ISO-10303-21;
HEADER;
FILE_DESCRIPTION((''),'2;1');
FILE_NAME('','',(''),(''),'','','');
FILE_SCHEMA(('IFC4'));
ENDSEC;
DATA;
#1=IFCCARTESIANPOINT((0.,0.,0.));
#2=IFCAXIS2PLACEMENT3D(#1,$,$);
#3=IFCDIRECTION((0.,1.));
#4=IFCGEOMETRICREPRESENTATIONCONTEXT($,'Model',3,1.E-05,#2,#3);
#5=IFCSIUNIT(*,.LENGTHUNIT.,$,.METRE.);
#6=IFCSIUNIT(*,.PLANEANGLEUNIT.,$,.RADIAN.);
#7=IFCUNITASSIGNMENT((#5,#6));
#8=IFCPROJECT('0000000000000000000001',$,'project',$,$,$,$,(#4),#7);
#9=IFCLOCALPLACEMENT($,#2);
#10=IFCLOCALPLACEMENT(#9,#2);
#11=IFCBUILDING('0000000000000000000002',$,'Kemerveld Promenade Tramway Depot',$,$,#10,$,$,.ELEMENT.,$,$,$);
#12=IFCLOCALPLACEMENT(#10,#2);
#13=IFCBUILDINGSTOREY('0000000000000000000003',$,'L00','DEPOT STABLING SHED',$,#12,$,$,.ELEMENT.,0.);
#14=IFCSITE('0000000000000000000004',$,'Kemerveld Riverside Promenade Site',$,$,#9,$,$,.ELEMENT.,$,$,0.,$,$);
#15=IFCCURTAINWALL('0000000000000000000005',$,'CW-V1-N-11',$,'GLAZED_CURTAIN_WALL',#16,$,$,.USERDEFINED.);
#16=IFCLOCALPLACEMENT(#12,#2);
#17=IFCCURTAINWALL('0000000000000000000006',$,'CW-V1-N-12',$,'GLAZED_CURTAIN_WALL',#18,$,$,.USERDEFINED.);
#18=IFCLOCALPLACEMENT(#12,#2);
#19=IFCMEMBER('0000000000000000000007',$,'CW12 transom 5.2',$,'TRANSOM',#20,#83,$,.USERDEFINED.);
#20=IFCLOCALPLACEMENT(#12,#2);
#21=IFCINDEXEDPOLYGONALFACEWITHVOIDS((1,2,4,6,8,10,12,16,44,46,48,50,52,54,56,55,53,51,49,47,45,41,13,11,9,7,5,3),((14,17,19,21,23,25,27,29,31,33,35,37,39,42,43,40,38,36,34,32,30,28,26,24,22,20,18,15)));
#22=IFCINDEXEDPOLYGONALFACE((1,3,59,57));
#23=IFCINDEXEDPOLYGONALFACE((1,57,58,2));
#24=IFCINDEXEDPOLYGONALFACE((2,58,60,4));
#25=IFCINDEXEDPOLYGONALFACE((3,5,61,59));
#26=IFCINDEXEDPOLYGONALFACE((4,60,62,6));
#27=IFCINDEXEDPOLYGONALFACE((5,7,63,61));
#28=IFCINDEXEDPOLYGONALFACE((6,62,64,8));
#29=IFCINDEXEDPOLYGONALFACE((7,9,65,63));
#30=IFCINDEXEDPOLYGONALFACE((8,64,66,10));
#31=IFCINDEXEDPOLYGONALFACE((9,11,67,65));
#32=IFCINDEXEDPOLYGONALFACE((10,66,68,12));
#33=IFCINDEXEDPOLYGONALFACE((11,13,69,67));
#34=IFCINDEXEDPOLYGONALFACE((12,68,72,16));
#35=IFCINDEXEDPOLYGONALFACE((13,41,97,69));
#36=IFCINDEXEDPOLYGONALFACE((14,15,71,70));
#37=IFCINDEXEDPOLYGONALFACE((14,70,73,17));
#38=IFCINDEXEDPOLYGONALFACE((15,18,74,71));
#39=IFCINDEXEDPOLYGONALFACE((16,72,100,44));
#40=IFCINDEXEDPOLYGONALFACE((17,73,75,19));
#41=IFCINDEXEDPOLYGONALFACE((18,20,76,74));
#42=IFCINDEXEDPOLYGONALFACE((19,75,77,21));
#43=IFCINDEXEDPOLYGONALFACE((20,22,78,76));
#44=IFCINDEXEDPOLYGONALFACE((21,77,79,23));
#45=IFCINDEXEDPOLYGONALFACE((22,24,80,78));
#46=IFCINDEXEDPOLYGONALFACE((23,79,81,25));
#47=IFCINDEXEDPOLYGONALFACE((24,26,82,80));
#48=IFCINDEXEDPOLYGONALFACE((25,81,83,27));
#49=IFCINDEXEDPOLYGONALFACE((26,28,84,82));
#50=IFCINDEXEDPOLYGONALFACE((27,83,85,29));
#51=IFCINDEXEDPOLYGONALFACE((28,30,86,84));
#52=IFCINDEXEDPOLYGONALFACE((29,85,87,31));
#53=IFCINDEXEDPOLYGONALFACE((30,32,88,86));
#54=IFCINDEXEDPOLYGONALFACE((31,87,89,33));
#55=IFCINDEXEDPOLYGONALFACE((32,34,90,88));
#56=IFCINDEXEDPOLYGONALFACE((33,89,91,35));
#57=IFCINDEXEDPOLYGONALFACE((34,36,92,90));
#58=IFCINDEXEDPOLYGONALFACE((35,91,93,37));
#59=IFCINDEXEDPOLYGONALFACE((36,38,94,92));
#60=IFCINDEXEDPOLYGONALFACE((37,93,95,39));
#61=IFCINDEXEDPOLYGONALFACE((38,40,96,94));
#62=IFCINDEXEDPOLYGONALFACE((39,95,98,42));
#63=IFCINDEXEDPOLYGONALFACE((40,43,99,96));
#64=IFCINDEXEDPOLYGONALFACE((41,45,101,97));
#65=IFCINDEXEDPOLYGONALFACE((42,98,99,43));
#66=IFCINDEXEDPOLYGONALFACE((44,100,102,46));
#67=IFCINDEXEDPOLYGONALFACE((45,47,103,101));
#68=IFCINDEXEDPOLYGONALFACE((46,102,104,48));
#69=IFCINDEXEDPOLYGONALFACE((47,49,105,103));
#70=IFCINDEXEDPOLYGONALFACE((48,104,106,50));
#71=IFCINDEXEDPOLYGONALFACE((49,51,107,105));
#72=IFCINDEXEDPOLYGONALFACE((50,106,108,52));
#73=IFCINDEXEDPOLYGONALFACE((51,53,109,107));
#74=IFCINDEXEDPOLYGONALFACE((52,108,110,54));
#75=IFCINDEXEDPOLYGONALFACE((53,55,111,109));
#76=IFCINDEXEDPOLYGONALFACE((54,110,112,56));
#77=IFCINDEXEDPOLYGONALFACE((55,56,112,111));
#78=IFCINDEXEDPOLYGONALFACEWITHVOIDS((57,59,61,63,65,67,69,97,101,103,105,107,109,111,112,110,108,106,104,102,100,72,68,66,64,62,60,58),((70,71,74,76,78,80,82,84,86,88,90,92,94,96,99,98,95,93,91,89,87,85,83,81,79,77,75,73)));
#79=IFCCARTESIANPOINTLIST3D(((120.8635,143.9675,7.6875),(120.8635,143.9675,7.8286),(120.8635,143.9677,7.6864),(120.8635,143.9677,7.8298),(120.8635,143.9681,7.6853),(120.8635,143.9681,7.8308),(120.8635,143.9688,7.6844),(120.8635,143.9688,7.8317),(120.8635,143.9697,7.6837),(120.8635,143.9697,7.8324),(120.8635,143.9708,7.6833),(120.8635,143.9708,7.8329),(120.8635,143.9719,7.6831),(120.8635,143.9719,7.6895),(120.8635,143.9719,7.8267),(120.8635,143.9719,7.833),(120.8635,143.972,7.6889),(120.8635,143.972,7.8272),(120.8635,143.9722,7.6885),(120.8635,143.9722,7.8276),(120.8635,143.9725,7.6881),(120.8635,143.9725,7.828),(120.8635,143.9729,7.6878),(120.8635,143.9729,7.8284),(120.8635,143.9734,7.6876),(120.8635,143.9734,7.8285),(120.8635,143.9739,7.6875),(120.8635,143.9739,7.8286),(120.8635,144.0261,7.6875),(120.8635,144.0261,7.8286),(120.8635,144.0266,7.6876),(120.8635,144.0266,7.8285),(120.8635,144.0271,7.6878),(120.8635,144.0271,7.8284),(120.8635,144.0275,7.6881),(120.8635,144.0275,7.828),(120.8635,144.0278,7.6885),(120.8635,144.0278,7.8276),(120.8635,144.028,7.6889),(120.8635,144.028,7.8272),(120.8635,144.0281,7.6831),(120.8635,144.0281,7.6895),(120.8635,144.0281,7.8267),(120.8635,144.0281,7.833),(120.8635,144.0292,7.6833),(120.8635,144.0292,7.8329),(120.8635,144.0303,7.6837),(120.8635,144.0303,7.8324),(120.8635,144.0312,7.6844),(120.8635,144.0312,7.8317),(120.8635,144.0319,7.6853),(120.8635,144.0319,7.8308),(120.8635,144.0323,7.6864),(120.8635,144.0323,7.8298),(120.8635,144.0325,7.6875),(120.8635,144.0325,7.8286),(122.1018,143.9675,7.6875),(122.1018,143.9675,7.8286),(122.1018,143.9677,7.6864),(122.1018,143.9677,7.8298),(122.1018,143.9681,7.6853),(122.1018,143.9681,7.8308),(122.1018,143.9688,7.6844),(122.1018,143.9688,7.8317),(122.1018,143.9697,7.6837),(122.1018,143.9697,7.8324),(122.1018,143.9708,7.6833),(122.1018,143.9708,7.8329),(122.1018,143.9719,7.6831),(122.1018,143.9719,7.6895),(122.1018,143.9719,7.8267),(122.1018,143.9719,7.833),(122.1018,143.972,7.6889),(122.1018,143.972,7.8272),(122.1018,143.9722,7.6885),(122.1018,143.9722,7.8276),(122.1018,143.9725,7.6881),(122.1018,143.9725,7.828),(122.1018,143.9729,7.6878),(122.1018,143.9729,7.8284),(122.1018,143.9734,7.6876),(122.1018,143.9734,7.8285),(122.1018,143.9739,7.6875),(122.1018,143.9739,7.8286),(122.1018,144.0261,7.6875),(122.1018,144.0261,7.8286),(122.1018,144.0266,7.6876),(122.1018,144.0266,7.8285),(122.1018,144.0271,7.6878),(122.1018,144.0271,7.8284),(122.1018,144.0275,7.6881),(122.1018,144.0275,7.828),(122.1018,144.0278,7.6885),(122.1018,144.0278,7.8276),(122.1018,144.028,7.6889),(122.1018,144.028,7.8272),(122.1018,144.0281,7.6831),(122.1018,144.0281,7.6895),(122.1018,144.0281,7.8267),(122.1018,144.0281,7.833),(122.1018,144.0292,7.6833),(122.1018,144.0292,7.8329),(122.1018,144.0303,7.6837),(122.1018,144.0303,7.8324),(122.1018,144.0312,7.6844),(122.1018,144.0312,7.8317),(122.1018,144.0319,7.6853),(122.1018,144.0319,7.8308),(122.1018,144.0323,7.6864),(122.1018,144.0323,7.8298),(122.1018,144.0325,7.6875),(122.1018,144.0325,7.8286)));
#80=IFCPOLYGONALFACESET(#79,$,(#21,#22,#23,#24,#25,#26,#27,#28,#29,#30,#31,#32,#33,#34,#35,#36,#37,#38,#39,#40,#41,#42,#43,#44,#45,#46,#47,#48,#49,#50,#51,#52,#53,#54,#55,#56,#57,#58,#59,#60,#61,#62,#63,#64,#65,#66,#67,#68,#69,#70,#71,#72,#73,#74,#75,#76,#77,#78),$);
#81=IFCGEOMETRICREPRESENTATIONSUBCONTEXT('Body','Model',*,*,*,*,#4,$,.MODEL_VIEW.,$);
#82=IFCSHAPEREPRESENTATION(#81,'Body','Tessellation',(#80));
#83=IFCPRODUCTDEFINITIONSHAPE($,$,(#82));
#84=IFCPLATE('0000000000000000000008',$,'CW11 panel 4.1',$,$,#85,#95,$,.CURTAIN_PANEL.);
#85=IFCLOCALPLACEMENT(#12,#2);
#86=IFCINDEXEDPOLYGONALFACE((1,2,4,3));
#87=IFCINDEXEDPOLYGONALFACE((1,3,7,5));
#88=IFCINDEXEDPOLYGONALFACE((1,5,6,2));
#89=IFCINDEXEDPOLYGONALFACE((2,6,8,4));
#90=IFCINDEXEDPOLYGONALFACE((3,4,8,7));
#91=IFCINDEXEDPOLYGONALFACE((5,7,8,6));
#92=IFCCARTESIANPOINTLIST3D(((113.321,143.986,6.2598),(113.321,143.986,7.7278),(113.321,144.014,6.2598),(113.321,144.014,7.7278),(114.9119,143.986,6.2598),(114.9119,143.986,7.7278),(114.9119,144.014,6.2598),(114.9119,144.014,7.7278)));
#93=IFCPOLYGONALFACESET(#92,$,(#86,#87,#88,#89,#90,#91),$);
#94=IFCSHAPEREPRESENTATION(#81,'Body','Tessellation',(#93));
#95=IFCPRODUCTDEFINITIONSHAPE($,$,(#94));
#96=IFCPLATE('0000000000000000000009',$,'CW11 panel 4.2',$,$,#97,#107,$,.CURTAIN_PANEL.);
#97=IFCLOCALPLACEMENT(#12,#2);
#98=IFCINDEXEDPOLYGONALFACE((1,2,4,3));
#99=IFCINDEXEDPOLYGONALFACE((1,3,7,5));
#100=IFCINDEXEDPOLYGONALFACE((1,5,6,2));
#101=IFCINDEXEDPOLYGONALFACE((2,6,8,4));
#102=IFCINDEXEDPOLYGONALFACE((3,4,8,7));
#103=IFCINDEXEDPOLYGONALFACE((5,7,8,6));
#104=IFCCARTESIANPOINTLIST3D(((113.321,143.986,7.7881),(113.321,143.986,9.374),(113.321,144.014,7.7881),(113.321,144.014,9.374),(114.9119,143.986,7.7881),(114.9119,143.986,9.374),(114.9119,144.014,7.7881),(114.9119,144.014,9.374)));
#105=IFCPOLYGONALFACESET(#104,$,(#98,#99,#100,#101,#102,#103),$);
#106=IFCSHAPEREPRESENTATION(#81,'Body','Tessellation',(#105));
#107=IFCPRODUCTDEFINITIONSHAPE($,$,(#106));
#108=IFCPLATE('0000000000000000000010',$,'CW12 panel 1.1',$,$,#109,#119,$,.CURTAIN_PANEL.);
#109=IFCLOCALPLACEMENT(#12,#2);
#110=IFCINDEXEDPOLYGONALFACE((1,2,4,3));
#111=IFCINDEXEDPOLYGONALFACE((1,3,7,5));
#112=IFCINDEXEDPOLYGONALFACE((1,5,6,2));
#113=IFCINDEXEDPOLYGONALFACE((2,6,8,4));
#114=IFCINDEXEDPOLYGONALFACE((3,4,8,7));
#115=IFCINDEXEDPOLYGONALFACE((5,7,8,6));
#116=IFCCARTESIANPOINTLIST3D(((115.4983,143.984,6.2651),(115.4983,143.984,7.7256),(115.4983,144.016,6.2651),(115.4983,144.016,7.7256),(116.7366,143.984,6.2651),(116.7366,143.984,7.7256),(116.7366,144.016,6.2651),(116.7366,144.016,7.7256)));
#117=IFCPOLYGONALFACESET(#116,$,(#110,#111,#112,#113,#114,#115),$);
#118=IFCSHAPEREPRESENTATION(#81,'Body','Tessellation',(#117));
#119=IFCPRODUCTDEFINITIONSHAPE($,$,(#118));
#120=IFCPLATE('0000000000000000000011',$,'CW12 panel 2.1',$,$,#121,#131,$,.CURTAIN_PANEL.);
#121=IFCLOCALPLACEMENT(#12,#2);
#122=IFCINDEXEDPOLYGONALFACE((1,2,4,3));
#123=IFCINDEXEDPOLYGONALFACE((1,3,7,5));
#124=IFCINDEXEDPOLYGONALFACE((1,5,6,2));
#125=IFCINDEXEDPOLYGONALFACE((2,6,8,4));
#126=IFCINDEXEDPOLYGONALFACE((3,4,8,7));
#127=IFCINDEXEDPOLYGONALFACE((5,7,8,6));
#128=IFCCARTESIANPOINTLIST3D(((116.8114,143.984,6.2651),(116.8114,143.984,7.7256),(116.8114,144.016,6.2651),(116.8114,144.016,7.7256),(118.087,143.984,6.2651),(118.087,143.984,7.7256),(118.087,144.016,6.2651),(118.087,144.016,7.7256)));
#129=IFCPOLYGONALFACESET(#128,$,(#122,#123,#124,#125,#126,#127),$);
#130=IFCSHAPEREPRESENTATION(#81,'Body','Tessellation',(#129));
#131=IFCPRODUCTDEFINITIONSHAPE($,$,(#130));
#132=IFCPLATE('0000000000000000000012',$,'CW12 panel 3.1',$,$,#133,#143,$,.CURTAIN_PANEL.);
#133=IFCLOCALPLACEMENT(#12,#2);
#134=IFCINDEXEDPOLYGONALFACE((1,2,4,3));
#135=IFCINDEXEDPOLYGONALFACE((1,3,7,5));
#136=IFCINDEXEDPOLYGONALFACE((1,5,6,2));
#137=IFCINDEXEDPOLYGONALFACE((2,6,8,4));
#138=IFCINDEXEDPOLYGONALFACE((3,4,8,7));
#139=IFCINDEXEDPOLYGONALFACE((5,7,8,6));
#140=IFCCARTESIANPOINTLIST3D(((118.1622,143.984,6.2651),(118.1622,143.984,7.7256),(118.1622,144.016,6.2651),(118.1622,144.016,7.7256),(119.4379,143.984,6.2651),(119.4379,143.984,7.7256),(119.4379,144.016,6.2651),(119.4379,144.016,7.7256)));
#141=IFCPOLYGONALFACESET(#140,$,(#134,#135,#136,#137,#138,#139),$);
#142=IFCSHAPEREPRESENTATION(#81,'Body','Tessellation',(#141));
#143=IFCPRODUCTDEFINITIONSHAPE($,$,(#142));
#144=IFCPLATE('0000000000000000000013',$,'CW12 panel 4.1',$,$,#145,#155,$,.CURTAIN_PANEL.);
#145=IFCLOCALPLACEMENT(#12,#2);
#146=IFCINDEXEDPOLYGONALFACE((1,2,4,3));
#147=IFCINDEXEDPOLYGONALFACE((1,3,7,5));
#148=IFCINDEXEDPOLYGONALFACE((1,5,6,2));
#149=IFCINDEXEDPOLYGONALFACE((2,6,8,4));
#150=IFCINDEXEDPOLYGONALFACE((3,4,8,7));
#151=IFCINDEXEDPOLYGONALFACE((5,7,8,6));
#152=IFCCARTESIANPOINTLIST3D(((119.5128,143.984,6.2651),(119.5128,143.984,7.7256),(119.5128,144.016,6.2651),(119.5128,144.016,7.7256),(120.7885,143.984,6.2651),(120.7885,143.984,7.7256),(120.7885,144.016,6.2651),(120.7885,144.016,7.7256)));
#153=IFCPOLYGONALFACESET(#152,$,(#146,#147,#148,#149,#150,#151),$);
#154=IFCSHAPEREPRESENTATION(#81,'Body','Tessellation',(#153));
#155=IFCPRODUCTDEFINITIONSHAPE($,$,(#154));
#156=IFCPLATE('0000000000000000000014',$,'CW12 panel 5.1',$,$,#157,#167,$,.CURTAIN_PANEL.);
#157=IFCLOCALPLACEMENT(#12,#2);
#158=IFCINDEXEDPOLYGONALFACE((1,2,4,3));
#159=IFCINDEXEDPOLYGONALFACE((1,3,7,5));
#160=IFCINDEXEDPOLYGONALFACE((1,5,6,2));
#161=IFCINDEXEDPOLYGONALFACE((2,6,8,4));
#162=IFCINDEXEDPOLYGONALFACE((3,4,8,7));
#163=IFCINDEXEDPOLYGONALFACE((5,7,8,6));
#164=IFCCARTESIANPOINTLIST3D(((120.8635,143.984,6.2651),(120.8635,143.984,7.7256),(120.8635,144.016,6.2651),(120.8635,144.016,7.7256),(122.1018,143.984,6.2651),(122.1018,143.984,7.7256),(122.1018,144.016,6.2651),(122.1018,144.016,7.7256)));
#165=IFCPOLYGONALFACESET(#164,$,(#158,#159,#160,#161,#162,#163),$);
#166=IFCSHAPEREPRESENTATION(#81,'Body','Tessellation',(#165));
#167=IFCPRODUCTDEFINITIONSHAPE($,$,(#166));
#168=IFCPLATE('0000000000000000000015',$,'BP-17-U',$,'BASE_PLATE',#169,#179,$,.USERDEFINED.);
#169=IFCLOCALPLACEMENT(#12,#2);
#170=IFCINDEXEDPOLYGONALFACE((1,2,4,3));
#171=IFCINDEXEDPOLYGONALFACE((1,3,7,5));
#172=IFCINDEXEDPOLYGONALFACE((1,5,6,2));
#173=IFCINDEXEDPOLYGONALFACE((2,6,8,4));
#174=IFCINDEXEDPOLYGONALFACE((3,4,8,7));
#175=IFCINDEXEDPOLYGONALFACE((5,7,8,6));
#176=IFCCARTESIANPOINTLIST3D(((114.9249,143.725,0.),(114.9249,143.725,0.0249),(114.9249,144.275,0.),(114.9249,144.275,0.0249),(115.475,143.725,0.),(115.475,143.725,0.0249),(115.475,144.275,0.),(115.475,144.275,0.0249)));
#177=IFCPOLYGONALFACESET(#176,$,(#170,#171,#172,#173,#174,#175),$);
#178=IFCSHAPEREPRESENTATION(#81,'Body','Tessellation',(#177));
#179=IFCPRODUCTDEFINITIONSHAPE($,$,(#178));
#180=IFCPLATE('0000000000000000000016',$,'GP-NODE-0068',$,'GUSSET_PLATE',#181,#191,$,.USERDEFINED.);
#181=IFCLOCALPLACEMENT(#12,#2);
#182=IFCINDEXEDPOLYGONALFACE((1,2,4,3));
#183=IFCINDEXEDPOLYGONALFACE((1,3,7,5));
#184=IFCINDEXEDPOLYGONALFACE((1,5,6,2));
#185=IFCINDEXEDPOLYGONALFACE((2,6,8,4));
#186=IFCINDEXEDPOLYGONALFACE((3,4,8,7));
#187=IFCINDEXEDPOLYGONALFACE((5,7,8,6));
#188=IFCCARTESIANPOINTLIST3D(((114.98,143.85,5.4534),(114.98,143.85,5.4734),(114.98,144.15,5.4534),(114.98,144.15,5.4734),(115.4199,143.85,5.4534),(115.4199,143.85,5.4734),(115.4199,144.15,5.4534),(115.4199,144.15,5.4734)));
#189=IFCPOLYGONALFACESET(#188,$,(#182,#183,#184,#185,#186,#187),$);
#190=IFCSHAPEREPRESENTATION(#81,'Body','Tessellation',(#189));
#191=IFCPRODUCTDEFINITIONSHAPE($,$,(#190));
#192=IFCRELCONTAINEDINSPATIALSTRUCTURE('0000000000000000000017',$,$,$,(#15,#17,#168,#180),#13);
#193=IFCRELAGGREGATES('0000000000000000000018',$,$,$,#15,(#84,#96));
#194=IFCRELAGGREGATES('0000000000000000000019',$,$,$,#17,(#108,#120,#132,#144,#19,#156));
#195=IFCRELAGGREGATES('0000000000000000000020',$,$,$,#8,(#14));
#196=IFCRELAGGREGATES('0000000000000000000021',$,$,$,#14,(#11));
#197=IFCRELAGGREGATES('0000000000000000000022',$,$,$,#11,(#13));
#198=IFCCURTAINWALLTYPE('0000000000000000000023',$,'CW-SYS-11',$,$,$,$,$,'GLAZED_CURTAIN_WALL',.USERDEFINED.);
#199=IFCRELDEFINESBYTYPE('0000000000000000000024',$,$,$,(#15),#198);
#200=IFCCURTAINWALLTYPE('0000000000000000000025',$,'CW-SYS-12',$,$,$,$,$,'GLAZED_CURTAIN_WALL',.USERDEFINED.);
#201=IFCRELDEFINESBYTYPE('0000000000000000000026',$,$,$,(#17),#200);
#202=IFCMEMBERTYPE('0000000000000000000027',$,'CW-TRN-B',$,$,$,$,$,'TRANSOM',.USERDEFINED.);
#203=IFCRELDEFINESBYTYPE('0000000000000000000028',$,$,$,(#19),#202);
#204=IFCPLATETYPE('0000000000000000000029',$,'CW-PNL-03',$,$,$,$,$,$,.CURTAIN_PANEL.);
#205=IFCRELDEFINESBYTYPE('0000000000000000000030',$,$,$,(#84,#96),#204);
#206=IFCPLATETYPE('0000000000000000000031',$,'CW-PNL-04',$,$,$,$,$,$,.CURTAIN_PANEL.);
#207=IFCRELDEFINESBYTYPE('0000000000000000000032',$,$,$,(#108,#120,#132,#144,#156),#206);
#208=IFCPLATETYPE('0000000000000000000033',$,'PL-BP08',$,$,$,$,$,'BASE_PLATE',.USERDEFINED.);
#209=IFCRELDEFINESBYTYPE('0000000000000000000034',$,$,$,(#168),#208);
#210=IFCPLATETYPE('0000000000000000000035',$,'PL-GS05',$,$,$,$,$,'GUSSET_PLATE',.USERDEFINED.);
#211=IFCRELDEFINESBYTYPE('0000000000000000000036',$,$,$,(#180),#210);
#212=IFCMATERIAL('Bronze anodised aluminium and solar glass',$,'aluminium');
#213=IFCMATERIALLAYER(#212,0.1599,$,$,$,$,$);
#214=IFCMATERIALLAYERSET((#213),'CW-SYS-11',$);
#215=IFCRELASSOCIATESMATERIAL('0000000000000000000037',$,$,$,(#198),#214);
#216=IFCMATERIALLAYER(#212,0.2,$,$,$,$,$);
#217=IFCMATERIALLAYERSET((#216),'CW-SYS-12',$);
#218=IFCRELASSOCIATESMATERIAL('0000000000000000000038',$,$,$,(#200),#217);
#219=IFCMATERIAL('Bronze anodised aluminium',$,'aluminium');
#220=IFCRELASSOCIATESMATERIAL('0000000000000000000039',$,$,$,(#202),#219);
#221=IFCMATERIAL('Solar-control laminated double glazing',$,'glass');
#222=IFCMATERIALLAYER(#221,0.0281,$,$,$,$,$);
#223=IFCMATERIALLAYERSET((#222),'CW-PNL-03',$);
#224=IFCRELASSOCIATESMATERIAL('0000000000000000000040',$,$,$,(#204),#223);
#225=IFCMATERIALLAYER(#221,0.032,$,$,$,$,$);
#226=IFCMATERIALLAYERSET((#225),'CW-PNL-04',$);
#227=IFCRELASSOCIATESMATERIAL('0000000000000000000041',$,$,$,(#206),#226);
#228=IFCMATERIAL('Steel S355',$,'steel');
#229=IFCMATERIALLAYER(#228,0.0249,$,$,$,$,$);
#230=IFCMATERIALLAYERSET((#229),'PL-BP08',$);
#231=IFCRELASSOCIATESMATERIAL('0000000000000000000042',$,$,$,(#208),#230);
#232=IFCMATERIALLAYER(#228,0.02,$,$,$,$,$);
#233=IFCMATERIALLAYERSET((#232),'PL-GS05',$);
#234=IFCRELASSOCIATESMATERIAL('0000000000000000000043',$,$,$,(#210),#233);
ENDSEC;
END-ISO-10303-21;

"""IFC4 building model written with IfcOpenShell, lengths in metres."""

from ifc_helpers import new_model, si_unit, direction, frame, origin, origin_2d, place, context, subcontext, project, spatial, rectangle, hollow_rectangle, extrude, material, layer, layer_set, material_profile, profile_set, type_object, element, aggregate, save


model = new_model("IFC4")

# Units and contexts
model_context = context("Model", 3, precision=1e-05, world=origin(), true_north=direction((0.0, 1.0)))
body_context = subcontext(model_context, "Body", "Model", "MODEL_VIEW")
ifc_project = project(units=[si_unit("LENGTHUNIT", "METRE"), si_unit("PLANEANGLEUNIT", "RADIAN")], contexts=[model_context])

# Site, building, storey
site_placement = place(None, origin())
site = spatial("IfcSite", under=ifc_project, at=site_placement, Name="Kemerveld Riverside Promenade Site", CompositionType="ELEMENT", RefElevation=0.0)
building_placement = place(site_placement, origin())
building = spatial("IfcBuilding", under=site, at=building_placement, Name="Kemerveld Promenade Tramway Depot", CompositionType="ELEMENT")
storey_placement = place(building_placement, origin())
storey = spatial("IfcBuildingStorey", under=building, at=storey_placement, Name="L00", Description="DEPOT STABLING SHED", CompositionType="ELEMENT", Elevation=0.0)

# Shared definitions
ifc_material_1 = material(Name="Steel S355", Category="steel")

# Curtain wall
ifc_material_2 = material(Name="Bronze anodised aluminium and solar glass", Category="aluminium")
ifc_layer_1 = layer(ifc_material_2, 0.1599)
ifc_layer_set_1 = layer_set([ifc_layer_1], Name="CW-SYS-11")
curtain_wall_type_1 = type_object("IfcCurtainWallType", Name="CW-SYS-11", ElementType="GLAZED_CURTAIN_WALL", PredefinedType="USERDEFINED", material=ifc_layer_set_1)
curtain_wall_1_placement = place(storey_placement, origin())
curtain_wall_1 = element("IfcCurtainWall", 1, at=curtain_wall_1_placement, inside=storey, type_object=curtain_wall_type_1, Name="CW-V1-N-11", ObjectType="GLAZED_CURTAIN_WALL", PredefinedType="USERDEFINED")
ifc_material_3 = material(Name="Bronze anodised aluminium", Category="aluminium")

# Curtain wall, member
ifc_layer_2 = layer(ifc_material_2, 0.2)
ifc_layer_set_2 = layer_set([ifc_layer_2], Name="CW-SYS-12")
curtain_wall_type_2 = type_object("IfcCurtainWallType", Name="CW-SYS-12", ElementType="GLAZED_CURTAIN_WALL", PredefinedType="USERDEFINED", material=ifc_layer_set_2)
curtain_wall_2_placement = place(storey_placement, origin())
curtain_wall_2 = element("IfcCurtainWall", 2, at=curtain_wall_2_placement, inside=storey, type_object=curtain_wall_type_2, Name="CW-V1-N-12", ObjectType="GLAZED_CURTAIN_WALL", PredefinedType="USERDEFINED")
ifc_material_profile_1 = material_profile(ifc_material_3, hollow_rectangle(XDim=0.0649, YDim=0.1499, WallThickness=0.0044, InnerFilletRadius=0.002, OuterFilletRadius=0.0044, at=origin_2d()), Name="CW-TRN-150x65")
ifc_profile_set_1 = profile_set([ifc_material_profile_1], Name="Bronze anodised aluminium")
member_type_1 = type_object("IfcMemberType", Name="CW-TRN-B", ElementType="TRANSOM", PredefinedType="USERDEFINED", material=ifc_profile_set_1)
member_1_placement = place(storey_placement, frame((120.8635, 144.0, 7.7581), z_axis=(1.0, 0.0, 0.0), x_axis=(0.0, 1.0, 0.0)))
member_1 = element("IfcMember", 3, at=member_1_placement, type_object=member_type_1, Name="CW12 transom 5.2", ObjectType="TRANSOM", PredefinedType="USERDEFINED", context=body_context, shape_type="SweptSolid", body=[
    extrude(hollow_rectangle(XDim=0.0649, YDim=0.1499, WallThickness=0.0044, InnerFilletRadius=0.002, OuterFilletRadius=0.0044, at=origin_2d()), origin(), (0.0, 0.0, 1.0), 1.2383),
])

# Plates
ifc_material_4 = material(Name="Solar-control laminated double glazing", Category="glass")
ifc_layer_3 = layer(ifc_material_4, 0.0281)
ifc_layer_set_3 = layer_set([ifc_layer_3], Name="CW-PNL-03")
plate_type_1 = type_object("IfcPlateType", Name="CW-PNL-03", PredefinedType="CURTAIN_PANEL", material=ifc_layer_set_3)
plate_1_placement = place(storey_placement, frame((114.1165, 144.0, 6.2598), z_axis=(0.0, 0.0, 1.0), x_axis=(1.0, 0.0, 0.0)))
plate_1 = element("IfcPlate", 4, at=plate_1_placement, type_object=plate_type_1, Name="CW11 panel 4.1", PredefinedType="CURTAIN_PANEL", context=body_context, shape_type="SweptSolid", body=[
    extrude(rectangle(XDim=1.5908, YDim=0.0281, at=origin_2d()), origin(), (0.0, 0.0, 1.0), 1.468),
])
plate_2_placement = place(storey_placement, frame((114.1165, 144.0, 7.7881), z_axis=(0.0, 0.0, 1.0), x_axis=(1.0, 0.0, 0.0)))
plate_2 = element("IfcPlate", 5, at=plate_2_placement, type_object=plate_type_1, Name="CW11 panel 4.2", PredefinedType="CURTAIN_PANEL", context=body_context, shape_type="SweptSolid", body=[
    extrude(rectangle(XDim=1.5908, YDim=0.0281, at=origin_2d()), origin(), (0.0, 0.0, 1.0), 1.5859),
])
aggregate(curtain_wall_1, [plate_1, plate_2])
ifc_layer_4 = layer(ifc_material_4, 0.032)
ifc_layer_set_4 = layer_set([ifc_layer_4], Name="CW-PNL-04")
plate_type_2 = type_object("IfcPlateType", Name="CW-PNL-04", PredefinedType="CURTAIN_PANEL", material=ifc_layer_set_4)
plate_3_placement = place(storey_placement, frame((116.1174, 144.0, 6.2651), z_axis=(0.0, 0.0, 1.0), x_axis=(1.0, 0.0, 0.0)))
plate_3 = element("IfcPlate", 6, at=plate_3_placement, type_object=plate_type_2, Name="CW12 panel 1.1", PredefinedType="CURTAIN_PANEL", context=body_context, shape_type="SweptSolid", body=[
    extrude(rectangle(XDim=1.2383, YDim=0.032, at=origin_2d()), origin(), (0.0, 0.0, 1.0), 1.4604),
])
plate_4_placement = place(storey_placement, frame((117.4492, 144.0, 6.2651), z_axis=(0.0, 0.0, 1.0), x_axis=(1.0, 0.0, 0.0)))
plate_4 = element("IfcPlate", 7, at=plate_4_placement, type_object=plate_type_2, Name="CW12 panel 2.1", PredefinedType="CURTAIN_PANEL", context=body_context, shape_type="SweptSolid", body=[
    extrude(rectangle(XDim=1.2756, YDim=0.032, at=origin_2d()), origin(), (0.0, 0.0, 1.0), 1.4604),
])
plate_5_placement = place(storey_placement, frame((118.8, 144.0, 6.2651), z_axis=(0.0, 0.0, 1.0), x_axis=(1.0, 0.0, 0.0)))
plate_5 = element("IfcPlate", 8, at=plate_5_placement, type_object=plate_type_2, Name="CW12 panel 3.1", PredefinedType="CURTAIN_PANEL", context=body_context, shape_type="SweptSolid", body=[
    extrude(rectangle(XDim=1.2756, YDim=0.032, at=origin_2d()), origin(), (0.0, 0.0, 1.0), 1.4604),
])
plate_6_placement = place(storey_placement, frame((120.1506, 144.0, 6.2651), z_axis=(0.0, 0.0, 1.0), x_axis=(1.0, 0.0, 0.0)))
plate_6 = element("IfcPlate", 9, at=plate_6_placement, type_object=plate_type_2, Name="CW12 panel 4.1", PredefinedType="CURTAIN_PANEL", context=body_context, shape_type="SweptSolid", body=[
    extrude(rectangle(XDim=1.2756, YDim=0.032, at=origin_2d()), origin(), (0.0, 0.0, 1.0), 1.4604),
])
plate_7_placement = place(storey_placement, frame((121.4827, 144.0, 6.2651), z_axis=(0.0, 0.0, 1.0), x_axis=(1.0, 0.0, 0.0)))
plate_7 = element("IfcPlate", 10, at=plate_7_placement, type_object=plate_type_2, Name="CW12 panel 5.1", PredefinedType="CURTAIN_PANEL", context=body_context, shape_type="SweptSolid", body=[
    extrude(rectangle(XDim=1.2383, YDim=0.032, at=origin_2d()), origin(), (0.0, 0.0, 1.0), 1.4604),
])
aggregate(curtain_wall_2, [plate_3, plate_4, plate_5, plate_6, member_1, plate_7])

# Plates
ifc_layer_5 = layer(ifc_material_1, 0.0249)
ifc_layer_set_5 = layer_set([ifc_layer_5], Name="PL-BP08")
plate_type_3 = type_object("IfcPlateType", Name="PL-BP08", ElementType="BASE_PLATE", PredefinedType="USERDEFINED", material=ifc_layer_set_5)
plate_8_placement = place(storey_placement, frame((115.2, 144.0, 0.0), z_axis=(0.0, 0.0, 1.0), x_axis=(1.0, 0.0, 0.0)))
element("IfcPlate", 11, at=plate_8_placement, inside=storey, type_object=plate_type_3, Name="BP-17-U", ObjectType="BASE_PLATE", PredefinedType="USERDEFINED", context=body_context, shape_type="SweptSolid", body=[
    extrude(rectangle(XDim=0.55, YDim=0.55, at=origin_2d()), origin(), (0.0, 0.0, 1.0), 0.0249),
])
ifc_layer_6 = layer(ifc_material_1, 0.02)
ifc_layer_set_6 = layer_set([ifc_layer_6], Name="PL-GS05")
plate_type_4 = type_object("IfcPlateType", Name="PL-GS05", ElementType="GUSSET_PLATE", PredefinedType="USERDEFINED", material=ifc_layer_set_6)
plate_9_placement = place(storey_placement, frame((115.2, 144.0, 5.4534), z_axis=(0.0, 0.0, 1.0), x_axis=(1.0, 0.0, 0.0)))
element("IfcPlate", 12, at=plate_9_placement, inside=storey, type_object=plate_type_4, Name="GP-NODE-0068", ObjectType="GUSSET_PLATE", PredefinedType="USERDEFINED", context=body_context, shape_type="SweptSolid", body=[
    extrude(rectangle(XDim=0.4399, YDim=0.3, at=origin_2d()), origin(), (0.0, 0.0, 1.0), 0.02),
])

save(model, "model.ifc")
